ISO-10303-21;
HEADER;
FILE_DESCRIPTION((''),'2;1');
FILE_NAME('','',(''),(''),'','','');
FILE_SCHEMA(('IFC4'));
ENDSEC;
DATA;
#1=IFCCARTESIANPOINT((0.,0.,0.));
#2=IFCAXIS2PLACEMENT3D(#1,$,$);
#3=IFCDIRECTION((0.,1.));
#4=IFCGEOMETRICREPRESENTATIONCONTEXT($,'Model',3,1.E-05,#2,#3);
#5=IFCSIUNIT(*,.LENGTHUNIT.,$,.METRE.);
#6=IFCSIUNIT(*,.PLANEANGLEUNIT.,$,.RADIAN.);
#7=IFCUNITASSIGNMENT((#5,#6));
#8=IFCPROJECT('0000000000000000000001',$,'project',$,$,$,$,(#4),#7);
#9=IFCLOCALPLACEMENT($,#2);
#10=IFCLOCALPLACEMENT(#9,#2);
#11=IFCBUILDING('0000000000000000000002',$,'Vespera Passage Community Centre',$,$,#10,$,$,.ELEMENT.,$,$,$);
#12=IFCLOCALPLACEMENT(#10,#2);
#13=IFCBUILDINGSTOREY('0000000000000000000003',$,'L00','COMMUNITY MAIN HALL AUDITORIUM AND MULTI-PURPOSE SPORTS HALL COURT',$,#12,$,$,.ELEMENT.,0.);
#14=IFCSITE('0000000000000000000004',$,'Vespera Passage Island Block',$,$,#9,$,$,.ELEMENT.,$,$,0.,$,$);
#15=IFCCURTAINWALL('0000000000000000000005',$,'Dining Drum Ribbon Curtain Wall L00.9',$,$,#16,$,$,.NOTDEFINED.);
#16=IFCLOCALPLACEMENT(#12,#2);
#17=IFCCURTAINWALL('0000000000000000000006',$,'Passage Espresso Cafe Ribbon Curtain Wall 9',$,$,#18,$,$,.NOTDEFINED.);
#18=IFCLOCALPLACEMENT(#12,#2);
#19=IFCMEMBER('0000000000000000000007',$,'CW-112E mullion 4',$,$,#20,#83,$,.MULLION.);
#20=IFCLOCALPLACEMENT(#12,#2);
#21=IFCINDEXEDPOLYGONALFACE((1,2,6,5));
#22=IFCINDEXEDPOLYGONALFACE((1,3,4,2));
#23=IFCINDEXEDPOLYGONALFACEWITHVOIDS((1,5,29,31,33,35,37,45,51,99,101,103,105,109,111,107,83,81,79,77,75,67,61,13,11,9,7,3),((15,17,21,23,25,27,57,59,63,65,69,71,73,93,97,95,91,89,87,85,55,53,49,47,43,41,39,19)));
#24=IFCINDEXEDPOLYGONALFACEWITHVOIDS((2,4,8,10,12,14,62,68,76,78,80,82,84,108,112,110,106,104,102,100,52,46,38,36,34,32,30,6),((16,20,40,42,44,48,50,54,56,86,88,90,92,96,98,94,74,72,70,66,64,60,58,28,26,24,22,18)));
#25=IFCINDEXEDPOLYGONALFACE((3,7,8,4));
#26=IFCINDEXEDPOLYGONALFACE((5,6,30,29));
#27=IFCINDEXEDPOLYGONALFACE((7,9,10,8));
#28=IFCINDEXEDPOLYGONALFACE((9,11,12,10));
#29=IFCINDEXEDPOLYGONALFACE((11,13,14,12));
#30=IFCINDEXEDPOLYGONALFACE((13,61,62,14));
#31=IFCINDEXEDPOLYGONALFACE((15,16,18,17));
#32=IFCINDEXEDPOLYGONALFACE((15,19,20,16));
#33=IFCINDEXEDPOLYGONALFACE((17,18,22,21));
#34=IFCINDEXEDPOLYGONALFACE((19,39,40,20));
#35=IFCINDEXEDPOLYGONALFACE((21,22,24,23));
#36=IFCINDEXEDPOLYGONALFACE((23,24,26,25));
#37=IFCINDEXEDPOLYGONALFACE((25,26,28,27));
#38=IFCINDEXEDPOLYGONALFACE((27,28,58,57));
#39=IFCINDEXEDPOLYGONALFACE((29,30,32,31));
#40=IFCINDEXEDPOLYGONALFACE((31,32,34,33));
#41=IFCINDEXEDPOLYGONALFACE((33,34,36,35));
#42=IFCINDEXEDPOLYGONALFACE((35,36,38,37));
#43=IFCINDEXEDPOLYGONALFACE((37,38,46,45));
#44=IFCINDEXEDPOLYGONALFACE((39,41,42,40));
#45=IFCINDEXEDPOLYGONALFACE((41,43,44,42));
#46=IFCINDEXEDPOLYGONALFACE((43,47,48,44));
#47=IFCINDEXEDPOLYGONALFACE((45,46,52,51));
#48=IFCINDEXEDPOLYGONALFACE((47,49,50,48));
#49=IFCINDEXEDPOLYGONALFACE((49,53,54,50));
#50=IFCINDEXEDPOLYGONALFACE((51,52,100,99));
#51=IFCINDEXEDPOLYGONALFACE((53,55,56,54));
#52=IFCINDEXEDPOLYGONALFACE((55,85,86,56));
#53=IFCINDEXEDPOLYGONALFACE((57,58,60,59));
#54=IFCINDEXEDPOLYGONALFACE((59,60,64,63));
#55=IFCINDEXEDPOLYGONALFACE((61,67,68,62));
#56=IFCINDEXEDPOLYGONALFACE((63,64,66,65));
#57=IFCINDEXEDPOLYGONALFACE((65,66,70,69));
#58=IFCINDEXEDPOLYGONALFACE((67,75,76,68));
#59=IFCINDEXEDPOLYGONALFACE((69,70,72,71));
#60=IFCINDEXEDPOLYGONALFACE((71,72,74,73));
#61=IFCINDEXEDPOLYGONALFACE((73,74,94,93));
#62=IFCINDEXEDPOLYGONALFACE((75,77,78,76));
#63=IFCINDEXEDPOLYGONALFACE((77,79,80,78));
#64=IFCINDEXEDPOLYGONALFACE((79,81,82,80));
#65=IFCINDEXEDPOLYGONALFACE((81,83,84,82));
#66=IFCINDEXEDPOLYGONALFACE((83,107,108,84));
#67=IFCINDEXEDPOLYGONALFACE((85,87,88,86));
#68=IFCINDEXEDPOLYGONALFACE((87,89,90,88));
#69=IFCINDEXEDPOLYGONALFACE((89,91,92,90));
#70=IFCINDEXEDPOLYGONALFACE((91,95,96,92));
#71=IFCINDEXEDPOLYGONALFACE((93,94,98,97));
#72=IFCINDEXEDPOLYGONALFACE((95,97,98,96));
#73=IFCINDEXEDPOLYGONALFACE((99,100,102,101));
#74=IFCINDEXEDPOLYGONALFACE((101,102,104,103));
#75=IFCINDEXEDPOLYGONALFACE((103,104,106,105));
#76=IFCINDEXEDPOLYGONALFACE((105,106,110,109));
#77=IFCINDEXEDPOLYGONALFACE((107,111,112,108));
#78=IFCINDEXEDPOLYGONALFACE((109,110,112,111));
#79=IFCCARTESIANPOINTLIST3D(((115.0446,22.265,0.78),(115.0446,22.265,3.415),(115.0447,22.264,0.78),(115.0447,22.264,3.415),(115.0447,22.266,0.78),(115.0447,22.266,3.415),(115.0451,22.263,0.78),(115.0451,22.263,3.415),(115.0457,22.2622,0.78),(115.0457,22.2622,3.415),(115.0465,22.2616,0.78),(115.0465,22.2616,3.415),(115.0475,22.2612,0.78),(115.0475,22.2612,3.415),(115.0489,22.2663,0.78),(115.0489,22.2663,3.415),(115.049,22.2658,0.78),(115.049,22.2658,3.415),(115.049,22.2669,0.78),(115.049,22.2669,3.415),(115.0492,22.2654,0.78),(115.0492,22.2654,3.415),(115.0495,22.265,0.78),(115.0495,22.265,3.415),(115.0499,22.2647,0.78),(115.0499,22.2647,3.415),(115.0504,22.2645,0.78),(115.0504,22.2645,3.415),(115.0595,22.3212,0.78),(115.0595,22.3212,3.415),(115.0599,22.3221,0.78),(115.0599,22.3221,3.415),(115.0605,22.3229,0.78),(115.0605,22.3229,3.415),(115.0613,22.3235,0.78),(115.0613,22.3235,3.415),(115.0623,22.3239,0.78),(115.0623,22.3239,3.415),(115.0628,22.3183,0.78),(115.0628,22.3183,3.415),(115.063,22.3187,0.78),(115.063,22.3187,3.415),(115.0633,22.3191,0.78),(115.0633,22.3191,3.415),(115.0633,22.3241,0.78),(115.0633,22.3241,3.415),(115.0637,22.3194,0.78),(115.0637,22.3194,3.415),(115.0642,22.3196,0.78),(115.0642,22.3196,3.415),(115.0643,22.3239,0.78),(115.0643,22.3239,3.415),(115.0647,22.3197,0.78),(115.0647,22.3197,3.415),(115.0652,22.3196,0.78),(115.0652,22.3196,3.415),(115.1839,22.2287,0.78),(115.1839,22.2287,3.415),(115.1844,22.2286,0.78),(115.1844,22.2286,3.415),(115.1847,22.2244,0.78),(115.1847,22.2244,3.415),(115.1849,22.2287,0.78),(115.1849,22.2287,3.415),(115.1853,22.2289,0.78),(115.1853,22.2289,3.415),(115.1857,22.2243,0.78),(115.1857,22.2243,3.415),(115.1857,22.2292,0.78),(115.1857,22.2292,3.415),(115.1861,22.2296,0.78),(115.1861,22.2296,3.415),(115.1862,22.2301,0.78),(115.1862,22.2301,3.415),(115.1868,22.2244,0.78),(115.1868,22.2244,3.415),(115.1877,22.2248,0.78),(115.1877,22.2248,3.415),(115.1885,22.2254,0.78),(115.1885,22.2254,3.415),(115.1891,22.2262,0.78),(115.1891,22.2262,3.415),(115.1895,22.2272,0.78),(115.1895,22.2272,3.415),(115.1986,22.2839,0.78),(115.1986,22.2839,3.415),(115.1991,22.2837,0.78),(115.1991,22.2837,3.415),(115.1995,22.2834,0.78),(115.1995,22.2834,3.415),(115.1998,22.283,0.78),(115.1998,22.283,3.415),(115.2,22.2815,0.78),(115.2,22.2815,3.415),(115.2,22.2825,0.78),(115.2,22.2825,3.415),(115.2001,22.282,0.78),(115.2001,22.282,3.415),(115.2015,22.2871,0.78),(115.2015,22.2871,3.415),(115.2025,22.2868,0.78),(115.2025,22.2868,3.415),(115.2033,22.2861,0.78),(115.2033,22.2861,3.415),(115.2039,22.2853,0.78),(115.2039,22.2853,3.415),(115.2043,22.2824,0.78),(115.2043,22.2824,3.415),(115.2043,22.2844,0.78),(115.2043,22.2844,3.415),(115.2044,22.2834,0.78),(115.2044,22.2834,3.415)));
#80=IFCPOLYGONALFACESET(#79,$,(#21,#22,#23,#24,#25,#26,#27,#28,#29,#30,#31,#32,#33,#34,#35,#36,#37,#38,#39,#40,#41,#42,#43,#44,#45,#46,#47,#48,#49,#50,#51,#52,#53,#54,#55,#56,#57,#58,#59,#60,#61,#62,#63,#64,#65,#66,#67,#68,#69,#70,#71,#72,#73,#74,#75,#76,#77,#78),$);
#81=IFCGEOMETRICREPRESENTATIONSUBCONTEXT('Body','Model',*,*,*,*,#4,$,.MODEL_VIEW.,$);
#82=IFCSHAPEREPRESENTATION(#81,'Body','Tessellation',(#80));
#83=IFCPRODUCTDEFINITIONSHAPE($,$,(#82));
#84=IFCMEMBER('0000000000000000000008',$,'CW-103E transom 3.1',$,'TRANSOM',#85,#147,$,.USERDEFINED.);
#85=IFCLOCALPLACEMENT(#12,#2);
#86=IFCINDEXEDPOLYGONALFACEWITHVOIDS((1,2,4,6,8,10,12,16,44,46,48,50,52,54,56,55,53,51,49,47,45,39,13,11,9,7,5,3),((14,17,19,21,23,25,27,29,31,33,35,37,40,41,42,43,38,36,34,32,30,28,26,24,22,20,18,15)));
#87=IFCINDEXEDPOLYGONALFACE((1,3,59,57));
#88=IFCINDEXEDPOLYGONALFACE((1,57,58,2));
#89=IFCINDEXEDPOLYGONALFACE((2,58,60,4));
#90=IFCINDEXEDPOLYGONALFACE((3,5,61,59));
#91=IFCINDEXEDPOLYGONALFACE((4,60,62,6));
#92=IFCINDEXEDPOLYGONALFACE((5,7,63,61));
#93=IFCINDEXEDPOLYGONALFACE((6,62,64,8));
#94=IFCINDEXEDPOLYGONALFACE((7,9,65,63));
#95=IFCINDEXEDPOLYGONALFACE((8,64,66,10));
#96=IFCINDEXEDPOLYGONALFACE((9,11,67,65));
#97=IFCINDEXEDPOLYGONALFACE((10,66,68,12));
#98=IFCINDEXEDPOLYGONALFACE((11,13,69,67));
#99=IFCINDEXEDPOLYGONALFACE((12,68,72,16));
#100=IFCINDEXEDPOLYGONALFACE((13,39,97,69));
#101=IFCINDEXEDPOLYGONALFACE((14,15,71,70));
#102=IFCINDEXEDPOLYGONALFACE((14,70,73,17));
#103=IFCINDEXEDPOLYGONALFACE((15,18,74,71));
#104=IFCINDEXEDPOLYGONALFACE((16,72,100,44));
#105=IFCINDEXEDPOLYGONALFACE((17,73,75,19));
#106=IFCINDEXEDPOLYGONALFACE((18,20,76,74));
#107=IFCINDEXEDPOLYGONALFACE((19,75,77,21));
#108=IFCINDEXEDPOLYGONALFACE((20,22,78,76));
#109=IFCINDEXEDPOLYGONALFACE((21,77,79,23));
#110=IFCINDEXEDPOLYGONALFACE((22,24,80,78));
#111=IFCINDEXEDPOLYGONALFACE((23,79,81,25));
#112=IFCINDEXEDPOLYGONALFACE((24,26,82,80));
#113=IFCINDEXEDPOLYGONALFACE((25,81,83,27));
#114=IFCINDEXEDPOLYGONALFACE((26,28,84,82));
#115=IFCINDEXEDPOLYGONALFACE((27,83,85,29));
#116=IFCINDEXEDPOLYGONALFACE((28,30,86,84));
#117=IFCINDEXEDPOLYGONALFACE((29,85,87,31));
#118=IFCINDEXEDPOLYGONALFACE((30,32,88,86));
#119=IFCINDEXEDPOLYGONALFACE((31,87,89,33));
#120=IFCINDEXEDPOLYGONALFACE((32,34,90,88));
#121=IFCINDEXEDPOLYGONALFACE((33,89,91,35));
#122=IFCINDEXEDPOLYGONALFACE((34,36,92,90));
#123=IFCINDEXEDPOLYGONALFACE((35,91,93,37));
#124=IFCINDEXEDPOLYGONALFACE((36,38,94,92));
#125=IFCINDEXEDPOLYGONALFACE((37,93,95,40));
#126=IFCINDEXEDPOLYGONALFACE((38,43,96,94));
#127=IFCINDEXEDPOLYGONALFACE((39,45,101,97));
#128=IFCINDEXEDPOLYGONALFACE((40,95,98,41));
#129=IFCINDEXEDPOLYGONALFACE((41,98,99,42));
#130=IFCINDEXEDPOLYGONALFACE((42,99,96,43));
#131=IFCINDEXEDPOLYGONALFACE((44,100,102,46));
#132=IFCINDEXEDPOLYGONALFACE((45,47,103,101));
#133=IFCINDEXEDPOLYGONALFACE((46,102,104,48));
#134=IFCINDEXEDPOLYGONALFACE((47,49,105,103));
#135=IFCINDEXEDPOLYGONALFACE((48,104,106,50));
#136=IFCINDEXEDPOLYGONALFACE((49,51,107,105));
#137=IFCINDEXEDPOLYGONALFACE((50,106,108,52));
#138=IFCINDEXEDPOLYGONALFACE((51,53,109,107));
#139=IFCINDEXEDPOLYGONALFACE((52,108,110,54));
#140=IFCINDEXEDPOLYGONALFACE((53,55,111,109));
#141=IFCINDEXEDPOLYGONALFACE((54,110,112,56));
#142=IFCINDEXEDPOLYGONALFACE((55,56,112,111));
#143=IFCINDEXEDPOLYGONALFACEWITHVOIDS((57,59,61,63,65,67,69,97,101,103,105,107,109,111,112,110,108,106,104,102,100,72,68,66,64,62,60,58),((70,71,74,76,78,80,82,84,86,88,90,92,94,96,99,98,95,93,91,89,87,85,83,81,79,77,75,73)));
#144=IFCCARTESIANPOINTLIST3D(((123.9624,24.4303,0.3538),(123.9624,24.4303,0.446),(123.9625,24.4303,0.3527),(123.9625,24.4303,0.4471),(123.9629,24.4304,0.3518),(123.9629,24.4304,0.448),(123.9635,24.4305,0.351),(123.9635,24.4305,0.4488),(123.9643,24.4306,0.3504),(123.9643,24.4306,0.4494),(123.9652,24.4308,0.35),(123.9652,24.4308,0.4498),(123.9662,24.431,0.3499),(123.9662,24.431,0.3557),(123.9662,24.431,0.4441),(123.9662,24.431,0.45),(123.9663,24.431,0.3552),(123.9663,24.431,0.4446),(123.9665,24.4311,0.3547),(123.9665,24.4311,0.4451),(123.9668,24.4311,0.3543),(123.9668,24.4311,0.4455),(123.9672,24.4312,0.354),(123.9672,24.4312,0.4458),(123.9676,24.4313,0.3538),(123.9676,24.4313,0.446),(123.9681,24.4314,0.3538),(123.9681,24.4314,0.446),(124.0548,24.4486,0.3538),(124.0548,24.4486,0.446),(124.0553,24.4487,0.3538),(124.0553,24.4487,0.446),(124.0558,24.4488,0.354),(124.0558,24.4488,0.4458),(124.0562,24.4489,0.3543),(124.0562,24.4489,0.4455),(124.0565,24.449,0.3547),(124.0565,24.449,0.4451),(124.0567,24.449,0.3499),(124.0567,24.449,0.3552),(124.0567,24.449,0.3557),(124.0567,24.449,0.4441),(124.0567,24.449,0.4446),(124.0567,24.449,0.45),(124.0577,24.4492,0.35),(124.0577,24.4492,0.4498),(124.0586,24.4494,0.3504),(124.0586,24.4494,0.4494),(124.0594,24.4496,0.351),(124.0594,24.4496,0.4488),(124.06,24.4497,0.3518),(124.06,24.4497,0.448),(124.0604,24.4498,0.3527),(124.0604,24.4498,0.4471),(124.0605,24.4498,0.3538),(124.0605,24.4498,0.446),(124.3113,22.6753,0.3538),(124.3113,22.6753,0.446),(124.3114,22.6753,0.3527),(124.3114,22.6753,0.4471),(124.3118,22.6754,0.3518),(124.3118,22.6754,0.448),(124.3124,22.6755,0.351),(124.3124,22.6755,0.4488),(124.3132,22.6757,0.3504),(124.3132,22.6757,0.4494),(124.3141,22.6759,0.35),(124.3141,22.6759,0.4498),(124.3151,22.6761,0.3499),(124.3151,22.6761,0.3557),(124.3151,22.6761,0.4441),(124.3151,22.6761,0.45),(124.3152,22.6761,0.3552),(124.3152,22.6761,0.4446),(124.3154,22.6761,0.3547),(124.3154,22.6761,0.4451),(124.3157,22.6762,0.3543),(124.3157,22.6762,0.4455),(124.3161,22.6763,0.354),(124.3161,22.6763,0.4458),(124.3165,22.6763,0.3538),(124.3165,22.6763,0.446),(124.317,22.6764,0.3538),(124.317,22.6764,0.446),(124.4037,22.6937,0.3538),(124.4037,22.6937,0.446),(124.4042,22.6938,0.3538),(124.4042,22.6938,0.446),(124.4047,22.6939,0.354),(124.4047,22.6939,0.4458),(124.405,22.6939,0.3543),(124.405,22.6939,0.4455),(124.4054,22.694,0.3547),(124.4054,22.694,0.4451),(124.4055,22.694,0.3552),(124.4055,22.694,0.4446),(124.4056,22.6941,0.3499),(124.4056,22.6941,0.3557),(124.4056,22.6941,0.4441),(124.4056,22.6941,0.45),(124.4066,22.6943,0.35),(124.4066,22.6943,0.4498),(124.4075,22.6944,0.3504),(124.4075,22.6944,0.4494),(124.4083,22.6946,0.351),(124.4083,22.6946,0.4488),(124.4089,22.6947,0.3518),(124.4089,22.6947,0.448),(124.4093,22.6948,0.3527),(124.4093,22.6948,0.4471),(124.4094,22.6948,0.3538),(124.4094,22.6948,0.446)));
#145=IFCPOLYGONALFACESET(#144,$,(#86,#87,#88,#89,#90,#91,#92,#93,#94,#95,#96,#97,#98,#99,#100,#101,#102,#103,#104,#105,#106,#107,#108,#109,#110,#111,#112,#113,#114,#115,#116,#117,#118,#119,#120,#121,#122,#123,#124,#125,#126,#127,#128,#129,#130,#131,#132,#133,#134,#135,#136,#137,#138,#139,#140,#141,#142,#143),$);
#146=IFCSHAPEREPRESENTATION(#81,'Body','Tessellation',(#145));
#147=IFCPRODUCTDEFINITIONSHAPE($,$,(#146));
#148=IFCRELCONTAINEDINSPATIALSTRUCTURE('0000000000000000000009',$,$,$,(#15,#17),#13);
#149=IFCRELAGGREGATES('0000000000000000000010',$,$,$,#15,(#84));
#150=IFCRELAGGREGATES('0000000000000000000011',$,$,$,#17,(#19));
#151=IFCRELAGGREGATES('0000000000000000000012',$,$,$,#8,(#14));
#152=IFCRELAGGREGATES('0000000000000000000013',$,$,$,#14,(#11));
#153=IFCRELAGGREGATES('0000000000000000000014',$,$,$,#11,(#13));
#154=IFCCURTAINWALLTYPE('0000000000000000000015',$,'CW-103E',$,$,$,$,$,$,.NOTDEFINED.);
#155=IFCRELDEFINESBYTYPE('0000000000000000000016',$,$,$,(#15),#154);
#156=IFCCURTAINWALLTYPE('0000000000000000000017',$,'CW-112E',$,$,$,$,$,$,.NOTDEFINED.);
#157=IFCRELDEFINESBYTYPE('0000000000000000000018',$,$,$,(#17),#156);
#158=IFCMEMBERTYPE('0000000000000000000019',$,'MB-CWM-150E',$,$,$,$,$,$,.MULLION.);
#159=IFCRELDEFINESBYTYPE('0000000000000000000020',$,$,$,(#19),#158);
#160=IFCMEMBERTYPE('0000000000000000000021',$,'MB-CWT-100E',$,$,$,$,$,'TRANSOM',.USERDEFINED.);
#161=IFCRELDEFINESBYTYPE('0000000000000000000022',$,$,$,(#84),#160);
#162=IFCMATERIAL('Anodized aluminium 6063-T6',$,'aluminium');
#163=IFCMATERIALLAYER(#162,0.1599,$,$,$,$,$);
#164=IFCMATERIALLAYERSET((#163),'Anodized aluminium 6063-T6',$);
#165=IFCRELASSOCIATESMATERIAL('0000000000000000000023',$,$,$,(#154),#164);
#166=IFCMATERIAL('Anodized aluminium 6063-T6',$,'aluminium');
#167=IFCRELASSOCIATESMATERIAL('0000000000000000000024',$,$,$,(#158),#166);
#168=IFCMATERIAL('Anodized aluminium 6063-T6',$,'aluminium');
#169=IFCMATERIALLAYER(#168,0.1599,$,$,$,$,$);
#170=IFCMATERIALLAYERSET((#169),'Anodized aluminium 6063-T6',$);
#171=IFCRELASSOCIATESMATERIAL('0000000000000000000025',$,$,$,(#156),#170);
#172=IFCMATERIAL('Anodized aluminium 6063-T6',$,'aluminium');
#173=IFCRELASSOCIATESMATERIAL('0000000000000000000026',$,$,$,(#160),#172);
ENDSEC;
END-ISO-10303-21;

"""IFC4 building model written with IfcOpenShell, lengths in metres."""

from ifc_helpers import new_model, si_unit, direction, frame, origin, origin_2d, place, context, subcontext, project, spatial, hollow_rectangle, extrude, material, layer, layer_set, material_profile, profile_set, type_object, element, aggregate, save


model = new_model("IFC4")

# Units and contexts
model_context = context("Model", 3, precision=1e-05, world=origin(), true_north=direction((0.0, 1.0)))
body_context = subcontext(model_context, "Body", "Model", "MODEL_VIEW")
ifc_project = project(units=[si_unit("LENGTHUNIT", "METRE"), si_unit("PLANEANGLEUNIT", "RADIAN")], contexts=[model_context])

# Site, building, storey
site_placement = place(None, origin())
site = spatial("IfcSite", under=ifc_project, at=site_placement, Name="Vespera Passage Island Block", CompositionType="ELEMENT", RefElevation=0.0)
building_placement = place(site_placement, origin())
building = spatial("IfcBuilding", under=site, at=building_placement, Name="Vespera Passage Community Centre", CompositionType="ELEMENT")
storey_placement = place(building_placement, origin())
storey = spatial("IfcBuildingStorey", under=building, at=storey_placement, Name="L00", Description="COMMUNITY MAIN HALL AUDITORIUM AND MULTI-PURPOSE SPORTS HALL COURT", CompositionType="ELEMENT", Elevation=0.0)

# Curtain walls, member
ifc_material_1 = material(Name="Anodized aluminium 6063-T6", Category="aluminium")
ifc_layer_1 = layer(ifc_material_1, 0.1599)
ifc_layer_set_1 = layer_set([ifc_layer_1], Name="Anodized aluminium 6063-T6")
curtain_wall_type_1 = type_object("IfcCurtainWallType", Name="CW-103E", PredefinedType="NOTDEFINED", material=ifc_layer_set_1)
curtain_wall_1_placement = place(storey_placement, origin())
curtain_wall_1 = element("IfcCurtainWall", 1, at=curtain_wall_1_placement, inside=storey, type_object=curtain_wall_type_1, Name="Dining Drum Ribbon Curtain Wall L00.9", PredefinedType="NOTDEFINED")
ifc_material_2 = material(Name="Anodized aluminium 6063-T6", Category="aluminium")
ifc_material_profile_1 = material_profile(ifc_material_2, hollow_rectangle(XDim=0.0649, YDim=0.1499, WallThickness=0.0039, InnerFilletRadius=0.002, OuterFilletRadius=0.0039, at=origin_2d()), Name="ALU150X65X4")
ifc_profile_set_1 = profile_set([ifc_material_profile_1], Name="Anodized aluminium 6063-T6")
member_type_1 = type_object("IfcMemberType", Name="MB-CWM-150E", PredefinedType="MULLION", material=ifc_profile_set_1)
ifc_material_3 = material(Name="Anodized aluminium 6063-T6", Category="aluminium")
ifc_layer_2 = layer(ifc_material_3, 0.1599)
ifc_layer_set_2 = layer_set([ifc_layer_2], Name="Anodized aluminium 6063-T6")
curtain_wall_type_2 = type_object("IfcCurtainWallType", Name="CW-112E", PredefinedType="NOTDEFINED", material=ifc_layer_set_2)
curtain_wall_2_placement = place(storey_placement, origin())
curtain_wall_2 = element("IfcCurtainWall", 2, at=curtain_wall_2_placement, inside=storey, type_object=curtain_wall_type_2, Name="Passage Espresso Cafe Ribbon Curtain Wall 9", PredefinedType="NOTDEFINED")
member_1_placement = place(storey_placement, frame((115.1245, 22.2742, 0.78), z_axis=(0.0, 0.0, 1.0), x_axis=(-0.258807, -0.965929, 0.0)))
member_1 = element("IfcMember", 3, at=member_1_placement, type_object=member_type_1, Name="CW-112E mullion 4", PredefinedType="MULLION", context=body_context, shape_type="SweptSolid", body=[
    extrude(hollow_rectangle(XDim=0.0649, YDim=0.1499, WallThickness=0.0039, InnerFilletRadius=0.002, OuterFilletRadius=0.0039, at=origin_2d()), origin(), (0.0, 0.0, 1.0), 2.635),
])

# Member
ifc_material_4 = material(Name="Anodized aluminium 6063-T6", Category="aluminium")
ifc_material_profile_2 = material_profile(ifc_material_4, hollow_rectangle(XDim=0.1001, YDim=0.1001, WallThickness=0.0039, InnerFilletRadius=0.002, OuterFilletRadius=0.0039, at=origin_2d()), Name="ALU100X100X4")
ifc_profile_set_2 = profile_set([ifc_material_profile_2], Name="Anodized aluminium 6063-T6")
member_type_2 = type_object("IfcMemberType", Name="MB-CWT-100E", ElementType="TRANSOM", PredefinedType="USERDEFINED", material=ifc_profile_set_2)
member_2_placement = place(storey_placement, frame((124.3604, 22.6851, 0.3999), z_axis=(-0.194988, 0.980806, 0.0), x_axis=(-0.980806, -0.194988, 0.0)))
member_2 = element("IfcMember", 4, at=member_2_placement, type_object=member_type_2, Name="CW-103E transom 3.1", ObjectType="TRANSOM", PredefinedType="USERDEFINED", context=body_context, shape_type="SweptSolid", body=[
    extrude(hollow_rectangle(XDim=0.1001, YDim=0.1001, WallThickness=0.0039, InnerFilletRadius=0.002, OuterFilletRadius=0.0039, at=origin_2d()), origin(), (0.0, 0.0, 1.0), 1.7893),
])

aggregate(curtain_wall_1, [member_2])
aggregate(curtain_wall_2, [member_1])

save(model, "model.ifc")
